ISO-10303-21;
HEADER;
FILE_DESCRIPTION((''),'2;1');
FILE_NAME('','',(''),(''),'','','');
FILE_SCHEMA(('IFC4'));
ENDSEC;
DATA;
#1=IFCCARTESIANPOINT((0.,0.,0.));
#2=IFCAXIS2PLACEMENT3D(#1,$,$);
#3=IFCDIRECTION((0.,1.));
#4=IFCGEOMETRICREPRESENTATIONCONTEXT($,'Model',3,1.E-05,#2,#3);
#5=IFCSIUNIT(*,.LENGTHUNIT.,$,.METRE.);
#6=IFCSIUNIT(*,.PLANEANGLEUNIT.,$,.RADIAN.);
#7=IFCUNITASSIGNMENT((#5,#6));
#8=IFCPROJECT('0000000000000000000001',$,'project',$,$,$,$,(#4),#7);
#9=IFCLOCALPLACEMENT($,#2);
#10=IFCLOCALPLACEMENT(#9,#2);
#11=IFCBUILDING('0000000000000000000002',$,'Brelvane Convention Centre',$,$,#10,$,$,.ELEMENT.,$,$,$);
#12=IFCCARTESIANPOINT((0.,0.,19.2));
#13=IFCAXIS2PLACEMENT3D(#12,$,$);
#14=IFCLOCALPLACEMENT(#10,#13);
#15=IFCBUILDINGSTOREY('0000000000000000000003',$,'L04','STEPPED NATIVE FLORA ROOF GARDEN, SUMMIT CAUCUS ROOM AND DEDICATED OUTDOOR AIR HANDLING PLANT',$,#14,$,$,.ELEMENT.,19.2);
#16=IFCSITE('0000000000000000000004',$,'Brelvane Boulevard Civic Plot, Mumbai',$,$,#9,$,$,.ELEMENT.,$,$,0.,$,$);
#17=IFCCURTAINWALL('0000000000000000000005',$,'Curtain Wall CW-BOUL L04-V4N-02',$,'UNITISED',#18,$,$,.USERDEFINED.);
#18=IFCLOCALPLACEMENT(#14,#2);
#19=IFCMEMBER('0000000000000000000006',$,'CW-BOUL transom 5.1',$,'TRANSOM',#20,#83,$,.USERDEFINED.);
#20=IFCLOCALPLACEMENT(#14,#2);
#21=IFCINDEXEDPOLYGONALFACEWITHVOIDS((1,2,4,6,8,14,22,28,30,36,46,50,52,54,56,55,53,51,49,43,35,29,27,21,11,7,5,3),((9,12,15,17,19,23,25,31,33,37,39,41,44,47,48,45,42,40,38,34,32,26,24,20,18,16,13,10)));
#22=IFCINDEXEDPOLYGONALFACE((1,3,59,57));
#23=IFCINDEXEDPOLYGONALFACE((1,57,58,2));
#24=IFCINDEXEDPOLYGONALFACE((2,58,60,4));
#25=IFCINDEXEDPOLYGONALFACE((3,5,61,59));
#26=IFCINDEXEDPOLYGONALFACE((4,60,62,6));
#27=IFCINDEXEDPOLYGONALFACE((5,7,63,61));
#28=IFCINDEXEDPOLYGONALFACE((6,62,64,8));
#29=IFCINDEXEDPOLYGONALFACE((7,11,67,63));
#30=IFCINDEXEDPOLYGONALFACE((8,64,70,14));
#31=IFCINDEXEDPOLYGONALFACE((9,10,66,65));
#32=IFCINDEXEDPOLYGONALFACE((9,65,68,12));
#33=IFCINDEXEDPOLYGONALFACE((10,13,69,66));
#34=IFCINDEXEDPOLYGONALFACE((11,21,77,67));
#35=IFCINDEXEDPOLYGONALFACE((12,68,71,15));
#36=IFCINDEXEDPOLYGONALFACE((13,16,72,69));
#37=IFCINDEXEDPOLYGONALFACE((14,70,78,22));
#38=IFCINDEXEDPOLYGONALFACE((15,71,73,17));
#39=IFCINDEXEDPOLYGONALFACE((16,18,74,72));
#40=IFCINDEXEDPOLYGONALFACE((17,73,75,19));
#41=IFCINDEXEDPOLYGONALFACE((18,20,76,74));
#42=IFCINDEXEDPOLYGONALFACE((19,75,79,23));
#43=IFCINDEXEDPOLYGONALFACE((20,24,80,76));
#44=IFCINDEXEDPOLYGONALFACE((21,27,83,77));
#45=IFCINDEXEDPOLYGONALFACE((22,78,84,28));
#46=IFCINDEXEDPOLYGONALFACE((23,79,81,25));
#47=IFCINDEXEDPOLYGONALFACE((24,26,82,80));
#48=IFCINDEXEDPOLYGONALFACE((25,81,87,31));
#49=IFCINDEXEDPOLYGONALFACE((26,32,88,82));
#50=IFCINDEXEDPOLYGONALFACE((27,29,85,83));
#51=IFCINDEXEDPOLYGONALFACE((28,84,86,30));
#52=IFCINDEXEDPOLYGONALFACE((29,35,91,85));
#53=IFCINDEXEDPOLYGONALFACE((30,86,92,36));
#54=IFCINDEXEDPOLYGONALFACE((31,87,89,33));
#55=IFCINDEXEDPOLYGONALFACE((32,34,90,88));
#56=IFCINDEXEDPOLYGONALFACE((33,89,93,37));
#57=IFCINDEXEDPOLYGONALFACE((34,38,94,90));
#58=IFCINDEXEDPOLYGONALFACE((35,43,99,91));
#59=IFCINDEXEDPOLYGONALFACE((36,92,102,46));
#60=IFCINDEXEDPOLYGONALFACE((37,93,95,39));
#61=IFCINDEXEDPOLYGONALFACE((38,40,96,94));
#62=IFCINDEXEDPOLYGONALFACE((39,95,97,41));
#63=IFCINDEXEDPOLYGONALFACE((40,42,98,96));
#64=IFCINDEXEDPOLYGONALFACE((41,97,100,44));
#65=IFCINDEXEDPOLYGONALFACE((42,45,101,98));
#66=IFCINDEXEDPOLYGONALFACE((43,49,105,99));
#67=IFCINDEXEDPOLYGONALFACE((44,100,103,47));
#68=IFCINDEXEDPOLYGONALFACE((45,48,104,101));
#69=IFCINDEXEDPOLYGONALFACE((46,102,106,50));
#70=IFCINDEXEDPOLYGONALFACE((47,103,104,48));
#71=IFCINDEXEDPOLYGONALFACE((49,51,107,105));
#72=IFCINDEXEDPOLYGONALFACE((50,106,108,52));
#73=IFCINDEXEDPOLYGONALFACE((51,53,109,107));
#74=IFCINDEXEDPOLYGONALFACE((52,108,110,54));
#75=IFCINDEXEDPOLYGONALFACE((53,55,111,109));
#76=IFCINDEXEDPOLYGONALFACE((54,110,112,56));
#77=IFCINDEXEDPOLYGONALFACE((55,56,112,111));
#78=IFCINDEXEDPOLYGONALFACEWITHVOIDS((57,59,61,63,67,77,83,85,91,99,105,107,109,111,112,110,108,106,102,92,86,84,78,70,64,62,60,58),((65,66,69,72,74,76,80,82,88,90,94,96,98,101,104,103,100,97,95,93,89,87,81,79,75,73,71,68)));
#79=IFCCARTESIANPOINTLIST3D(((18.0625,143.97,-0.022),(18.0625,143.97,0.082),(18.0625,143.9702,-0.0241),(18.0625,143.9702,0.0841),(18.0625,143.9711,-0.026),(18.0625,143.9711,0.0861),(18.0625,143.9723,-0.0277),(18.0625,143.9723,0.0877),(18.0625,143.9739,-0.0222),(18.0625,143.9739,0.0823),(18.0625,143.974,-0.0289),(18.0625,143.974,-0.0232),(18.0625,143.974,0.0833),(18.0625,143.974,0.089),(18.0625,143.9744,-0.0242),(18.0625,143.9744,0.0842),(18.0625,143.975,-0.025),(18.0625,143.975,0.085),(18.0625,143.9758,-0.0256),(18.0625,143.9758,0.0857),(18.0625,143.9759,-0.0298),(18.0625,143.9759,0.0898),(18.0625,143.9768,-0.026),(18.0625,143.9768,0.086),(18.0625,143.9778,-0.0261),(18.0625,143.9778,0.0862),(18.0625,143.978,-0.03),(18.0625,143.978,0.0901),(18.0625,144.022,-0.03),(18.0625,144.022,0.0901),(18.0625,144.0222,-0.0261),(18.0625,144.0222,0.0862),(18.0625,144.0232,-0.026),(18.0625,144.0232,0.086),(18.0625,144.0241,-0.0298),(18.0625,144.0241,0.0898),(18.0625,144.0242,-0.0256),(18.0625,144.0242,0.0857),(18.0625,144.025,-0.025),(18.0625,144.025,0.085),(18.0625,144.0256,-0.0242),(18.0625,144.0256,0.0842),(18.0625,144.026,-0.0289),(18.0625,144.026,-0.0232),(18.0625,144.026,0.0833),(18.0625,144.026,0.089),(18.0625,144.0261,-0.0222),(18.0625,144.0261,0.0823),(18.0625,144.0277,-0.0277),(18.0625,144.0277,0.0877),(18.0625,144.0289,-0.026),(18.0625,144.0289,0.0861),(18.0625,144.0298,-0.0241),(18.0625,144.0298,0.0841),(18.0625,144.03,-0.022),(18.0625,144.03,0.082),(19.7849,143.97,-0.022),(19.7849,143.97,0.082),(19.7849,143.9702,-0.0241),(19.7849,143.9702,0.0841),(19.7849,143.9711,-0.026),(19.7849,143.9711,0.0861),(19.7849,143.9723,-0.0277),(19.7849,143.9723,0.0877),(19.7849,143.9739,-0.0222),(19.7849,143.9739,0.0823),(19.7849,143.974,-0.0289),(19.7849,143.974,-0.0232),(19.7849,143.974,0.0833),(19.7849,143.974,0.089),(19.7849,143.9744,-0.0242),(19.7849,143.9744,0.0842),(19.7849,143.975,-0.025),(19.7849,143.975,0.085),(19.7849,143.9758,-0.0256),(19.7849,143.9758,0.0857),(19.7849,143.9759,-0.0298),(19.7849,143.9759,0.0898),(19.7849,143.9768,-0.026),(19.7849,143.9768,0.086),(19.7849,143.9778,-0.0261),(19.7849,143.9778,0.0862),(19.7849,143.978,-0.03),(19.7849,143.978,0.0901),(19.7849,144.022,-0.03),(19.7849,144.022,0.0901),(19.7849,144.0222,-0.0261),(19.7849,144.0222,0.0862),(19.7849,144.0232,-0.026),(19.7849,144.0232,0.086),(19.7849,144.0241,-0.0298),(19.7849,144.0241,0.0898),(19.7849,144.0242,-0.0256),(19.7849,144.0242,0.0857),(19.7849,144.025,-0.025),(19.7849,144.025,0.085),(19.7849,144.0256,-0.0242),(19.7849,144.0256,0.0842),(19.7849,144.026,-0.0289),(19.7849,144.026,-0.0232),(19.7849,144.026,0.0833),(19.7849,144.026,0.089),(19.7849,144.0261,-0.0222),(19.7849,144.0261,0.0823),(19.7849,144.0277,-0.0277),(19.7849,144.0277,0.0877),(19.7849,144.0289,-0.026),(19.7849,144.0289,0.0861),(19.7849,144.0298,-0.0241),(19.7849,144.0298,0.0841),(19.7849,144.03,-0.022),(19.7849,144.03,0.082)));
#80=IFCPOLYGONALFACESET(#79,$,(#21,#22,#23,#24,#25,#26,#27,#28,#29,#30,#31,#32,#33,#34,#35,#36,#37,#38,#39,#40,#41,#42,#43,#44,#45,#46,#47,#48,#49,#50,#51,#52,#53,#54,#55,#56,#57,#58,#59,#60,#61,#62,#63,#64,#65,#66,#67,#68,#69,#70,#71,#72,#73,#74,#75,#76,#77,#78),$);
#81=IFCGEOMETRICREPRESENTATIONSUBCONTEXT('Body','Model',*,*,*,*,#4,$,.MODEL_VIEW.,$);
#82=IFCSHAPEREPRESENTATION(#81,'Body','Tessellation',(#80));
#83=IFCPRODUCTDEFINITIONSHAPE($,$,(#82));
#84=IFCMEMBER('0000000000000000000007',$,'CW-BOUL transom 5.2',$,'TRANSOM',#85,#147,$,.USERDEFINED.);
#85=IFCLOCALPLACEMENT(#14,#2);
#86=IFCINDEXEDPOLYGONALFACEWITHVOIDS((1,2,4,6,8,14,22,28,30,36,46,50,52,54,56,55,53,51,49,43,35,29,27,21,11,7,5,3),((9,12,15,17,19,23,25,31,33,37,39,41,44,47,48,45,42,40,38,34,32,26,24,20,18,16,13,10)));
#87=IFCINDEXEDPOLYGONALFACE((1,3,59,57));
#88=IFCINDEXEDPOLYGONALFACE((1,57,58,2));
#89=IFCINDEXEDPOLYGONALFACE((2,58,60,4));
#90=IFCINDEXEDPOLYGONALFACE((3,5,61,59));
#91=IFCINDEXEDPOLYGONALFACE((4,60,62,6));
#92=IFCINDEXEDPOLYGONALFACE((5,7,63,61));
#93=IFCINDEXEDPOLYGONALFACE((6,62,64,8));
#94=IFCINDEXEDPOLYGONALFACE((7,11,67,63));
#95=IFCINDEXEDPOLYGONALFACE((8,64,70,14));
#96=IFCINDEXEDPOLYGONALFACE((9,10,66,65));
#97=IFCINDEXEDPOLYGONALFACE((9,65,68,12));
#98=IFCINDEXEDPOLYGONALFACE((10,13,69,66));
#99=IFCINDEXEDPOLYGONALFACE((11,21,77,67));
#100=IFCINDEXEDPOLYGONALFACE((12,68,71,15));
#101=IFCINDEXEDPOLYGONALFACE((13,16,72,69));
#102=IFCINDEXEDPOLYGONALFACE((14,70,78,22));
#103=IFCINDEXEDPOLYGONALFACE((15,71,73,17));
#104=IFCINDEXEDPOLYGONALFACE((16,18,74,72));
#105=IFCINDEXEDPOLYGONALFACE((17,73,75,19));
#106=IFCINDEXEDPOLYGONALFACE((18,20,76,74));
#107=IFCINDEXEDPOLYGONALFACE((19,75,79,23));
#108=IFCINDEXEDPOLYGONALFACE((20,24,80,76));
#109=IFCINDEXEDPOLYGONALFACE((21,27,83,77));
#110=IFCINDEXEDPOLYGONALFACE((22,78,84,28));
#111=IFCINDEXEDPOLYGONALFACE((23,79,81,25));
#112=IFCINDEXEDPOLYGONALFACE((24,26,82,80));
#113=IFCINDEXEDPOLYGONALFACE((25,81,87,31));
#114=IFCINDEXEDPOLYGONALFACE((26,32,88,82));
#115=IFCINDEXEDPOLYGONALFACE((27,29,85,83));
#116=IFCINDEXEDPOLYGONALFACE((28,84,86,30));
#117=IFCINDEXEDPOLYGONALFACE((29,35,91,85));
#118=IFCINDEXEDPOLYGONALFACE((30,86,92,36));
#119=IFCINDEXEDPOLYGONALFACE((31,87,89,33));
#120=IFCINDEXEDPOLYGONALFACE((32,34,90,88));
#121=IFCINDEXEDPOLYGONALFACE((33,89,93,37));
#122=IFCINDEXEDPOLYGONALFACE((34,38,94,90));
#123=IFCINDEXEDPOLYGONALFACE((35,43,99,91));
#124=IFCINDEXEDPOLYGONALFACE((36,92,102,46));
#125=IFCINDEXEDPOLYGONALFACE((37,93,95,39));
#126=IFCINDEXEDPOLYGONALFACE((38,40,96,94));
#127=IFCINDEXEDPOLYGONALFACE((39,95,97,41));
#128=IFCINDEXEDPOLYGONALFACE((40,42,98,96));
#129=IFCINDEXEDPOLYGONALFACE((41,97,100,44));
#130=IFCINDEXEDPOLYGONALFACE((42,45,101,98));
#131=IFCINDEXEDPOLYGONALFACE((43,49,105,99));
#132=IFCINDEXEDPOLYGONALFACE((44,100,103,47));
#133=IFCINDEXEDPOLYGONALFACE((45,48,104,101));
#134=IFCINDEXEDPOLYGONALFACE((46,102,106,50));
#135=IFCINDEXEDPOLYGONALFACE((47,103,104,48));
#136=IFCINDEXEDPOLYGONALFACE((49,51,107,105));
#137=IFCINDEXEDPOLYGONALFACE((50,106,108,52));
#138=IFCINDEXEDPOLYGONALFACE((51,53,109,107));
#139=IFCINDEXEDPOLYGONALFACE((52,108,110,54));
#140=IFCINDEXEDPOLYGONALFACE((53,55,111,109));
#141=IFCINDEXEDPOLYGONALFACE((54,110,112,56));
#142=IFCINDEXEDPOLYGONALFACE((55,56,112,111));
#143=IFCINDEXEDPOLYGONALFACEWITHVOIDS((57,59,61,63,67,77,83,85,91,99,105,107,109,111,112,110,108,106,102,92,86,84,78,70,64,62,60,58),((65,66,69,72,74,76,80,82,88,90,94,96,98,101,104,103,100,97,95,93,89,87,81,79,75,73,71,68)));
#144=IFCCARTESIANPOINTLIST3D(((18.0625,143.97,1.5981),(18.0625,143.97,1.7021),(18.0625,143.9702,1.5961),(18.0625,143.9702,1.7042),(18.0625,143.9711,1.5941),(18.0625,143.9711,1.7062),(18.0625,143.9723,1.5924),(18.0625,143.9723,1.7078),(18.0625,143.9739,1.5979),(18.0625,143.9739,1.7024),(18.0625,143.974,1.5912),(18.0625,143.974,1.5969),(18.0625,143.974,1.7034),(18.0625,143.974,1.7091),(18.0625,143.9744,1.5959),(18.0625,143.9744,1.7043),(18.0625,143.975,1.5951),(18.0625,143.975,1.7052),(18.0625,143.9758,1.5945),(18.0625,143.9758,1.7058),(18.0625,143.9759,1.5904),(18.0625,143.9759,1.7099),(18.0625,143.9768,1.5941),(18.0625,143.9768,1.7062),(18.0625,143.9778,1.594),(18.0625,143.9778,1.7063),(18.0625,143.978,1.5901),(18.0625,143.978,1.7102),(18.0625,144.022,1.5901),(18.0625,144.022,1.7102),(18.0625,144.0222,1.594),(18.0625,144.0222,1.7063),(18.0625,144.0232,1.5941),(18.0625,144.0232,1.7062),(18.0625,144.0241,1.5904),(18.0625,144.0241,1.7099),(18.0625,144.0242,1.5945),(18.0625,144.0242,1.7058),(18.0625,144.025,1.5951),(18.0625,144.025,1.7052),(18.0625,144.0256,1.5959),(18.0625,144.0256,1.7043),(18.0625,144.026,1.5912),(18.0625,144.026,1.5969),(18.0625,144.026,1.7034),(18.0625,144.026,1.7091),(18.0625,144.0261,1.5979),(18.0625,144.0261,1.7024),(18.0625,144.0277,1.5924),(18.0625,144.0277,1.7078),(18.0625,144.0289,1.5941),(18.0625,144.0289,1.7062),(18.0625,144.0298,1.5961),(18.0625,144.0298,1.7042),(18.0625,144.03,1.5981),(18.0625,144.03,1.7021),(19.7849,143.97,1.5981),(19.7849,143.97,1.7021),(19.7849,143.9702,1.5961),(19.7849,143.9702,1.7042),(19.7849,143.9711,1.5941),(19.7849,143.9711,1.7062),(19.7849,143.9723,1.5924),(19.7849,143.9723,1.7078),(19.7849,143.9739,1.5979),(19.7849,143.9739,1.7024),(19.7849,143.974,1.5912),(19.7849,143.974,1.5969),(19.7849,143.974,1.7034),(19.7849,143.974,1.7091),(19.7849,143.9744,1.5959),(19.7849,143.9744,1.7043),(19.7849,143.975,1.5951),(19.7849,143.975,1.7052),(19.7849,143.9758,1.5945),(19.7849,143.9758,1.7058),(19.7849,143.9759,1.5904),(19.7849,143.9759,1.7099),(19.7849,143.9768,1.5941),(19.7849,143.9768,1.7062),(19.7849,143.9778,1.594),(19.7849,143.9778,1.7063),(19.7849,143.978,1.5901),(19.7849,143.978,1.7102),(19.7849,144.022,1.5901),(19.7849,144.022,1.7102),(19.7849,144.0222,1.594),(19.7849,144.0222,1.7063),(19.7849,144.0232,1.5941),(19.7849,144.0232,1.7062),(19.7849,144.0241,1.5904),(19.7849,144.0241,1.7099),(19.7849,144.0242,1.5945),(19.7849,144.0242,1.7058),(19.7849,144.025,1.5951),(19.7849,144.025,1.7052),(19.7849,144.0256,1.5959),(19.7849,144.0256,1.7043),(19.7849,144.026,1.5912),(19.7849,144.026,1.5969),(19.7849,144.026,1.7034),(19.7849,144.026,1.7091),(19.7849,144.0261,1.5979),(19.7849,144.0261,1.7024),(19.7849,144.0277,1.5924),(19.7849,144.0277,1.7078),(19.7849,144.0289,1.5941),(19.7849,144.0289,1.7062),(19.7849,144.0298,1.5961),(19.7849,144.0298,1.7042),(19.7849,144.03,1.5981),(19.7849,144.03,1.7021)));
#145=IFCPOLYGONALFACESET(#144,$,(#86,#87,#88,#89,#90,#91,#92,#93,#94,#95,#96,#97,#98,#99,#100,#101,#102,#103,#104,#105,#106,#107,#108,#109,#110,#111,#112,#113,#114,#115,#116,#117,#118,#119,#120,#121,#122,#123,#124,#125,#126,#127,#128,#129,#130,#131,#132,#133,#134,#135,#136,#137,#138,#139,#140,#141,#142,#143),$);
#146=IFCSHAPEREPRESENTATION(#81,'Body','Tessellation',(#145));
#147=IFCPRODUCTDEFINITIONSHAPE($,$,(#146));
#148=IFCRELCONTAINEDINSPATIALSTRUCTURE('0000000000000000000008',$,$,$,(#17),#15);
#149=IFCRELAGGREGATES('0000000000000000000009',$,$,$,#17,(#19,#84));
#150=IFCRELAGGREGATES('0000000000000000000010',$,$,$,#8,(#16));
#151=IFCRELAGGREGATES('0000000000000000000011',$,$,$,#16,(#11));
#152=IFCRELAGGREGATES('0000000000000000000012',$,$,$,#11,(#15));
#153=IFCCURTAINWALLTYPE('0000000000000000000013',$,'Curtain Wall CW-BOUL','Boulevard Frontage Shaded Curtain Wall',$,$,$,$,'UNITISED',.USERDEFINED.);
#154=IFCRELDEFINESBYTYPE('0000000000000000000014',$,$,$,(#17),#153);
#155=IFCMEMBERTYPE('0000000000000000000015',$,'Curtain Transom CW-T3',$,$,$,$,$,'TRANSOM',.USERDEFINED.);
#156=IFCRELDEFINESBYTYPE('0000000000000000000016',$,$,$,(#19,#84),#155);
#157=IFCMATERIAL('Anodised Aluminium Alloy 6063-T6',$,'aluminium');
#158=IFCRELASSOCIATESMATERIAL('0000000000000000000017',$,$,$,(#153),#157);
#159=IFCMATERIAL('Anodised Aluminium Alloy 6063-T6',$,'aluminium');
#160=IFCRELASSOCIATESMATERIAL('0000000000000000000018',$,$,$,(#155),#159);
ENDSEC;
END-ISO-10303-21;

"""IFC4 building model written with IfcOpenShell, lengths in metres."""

from ifc_helpers import new_model, si_unit, direction, frame, origin, origin_2d, place, context, subcontext, project, spatial, hollow_rectangle, extrude, material, material_profile, profile_set, type_object, element, aggregate, save


model = new_model("IFC4")

# Units and contexts
model_context = context("Model", 3, precision=1e-05, world=origin(), true_north=direction((0.0, 1.0)))
body_context = subcontext(model_context, "Body", "Model", "MODEL_VIEW")
ifc_project = project(units=[si_unit("LENGTHUNIT", "METRE"), si_unit("PLANEANGLEUNIT", "RADIAN")], contexts=[model_context])

# Site, building, storey
site_placement = place(None, origin())
site = spatial("IfcSite", under=ifc_project, at=site_placement, Name="Brelvane Boulevard Civic Plot, Mumbai", CompositionType="ELEMENT", RefElevation=0.0)
building_placement = place(site_placement, origin())
building = spatial("IfcBuilding", under=site, at=building_placement, Name="Brelvane Convention Centre", CompositionType="ELEMENT")
storey_placement = place(building_placement, frame((0.0, 0.0, 19.2)))
storey = spatial("IfcBuildingStorey", under=building, at=storey_placement, Name="L04", Description="STEPPED NATIVE FLORA ROOF GARDEN, SUMMIT CAUCUS ROOM AND DEDICATED OUTDOOR AIR HANDLING PLANT", CompositionType="ELEMENT", Elevation=19.2)

# Curtain wall
ifc_material_1 = material(Name="Anodised Aluminium Alloy 6063-T6", Category="aluminium")
curtain_wall_type = type_object("IfcCurtainWallType", Name="Curtain Wall CW-BOUL", Description="Boulevard Frontage Shaded Curtain Wall", ElementType="UNITISED", PredefinedType="USERDEFINED", material=ifc_material_1)
curtain_wall_1_placement = place(storey_placement, origin())
curtain_wall_1 = element("IfcCurtainWall", 1, at=curtain_wall_1_placement, inside=storey, type_object=curtain_wall_type, Name="Curtain Wall CW-BOUL L04-V4N-02", ObjectType="UNITISED", PredefinedType="USERDEFINED")

# Members
ifc_material_2 = material(Name="Anodised Aluminium Alloy 6063-T6", Category="aluminium")
ifc_material_profile_1 = material_profile(ifc_material_2, hollow_rectangle(XDim=0.0601, YDim=0.1201, WallThickness=0.0039, InnerFilletRadius=0.0039, OuterFilletRadius=0.0081, at=origin_2d()), Name="ALU-T 120x60x4.0")
ifc_profile_set_1 = profile_set([ifc_material_profile_1], Name="Anodised Aluminium Alloy 6063-T6")
member_type_1 = type_object("IfcMemberType", Name="Curtain Transom CW-T3", ElementType="TRANSOM", PredefinedType="USERDEFINED", material=ifc_profile_set_1)
member_1_placement = place(storey_placement, frame((18.0625, 144.0, 0.03), z_axis=(1.0, 0.0, 0.0), x_axis=(0.0, 1.0, 0.0)))
member_1 = element("IfcMember", 2, at=member_1_placement, type_object=member_type_1, Name="CW-BOUL transom 5.1", ObjectType="TRANSOM", PredefinedType="USERDEFINED", context=body_context, shape_type="SweptSolid", body=[
    extrude(hollow_rectangle(XDim=0.0601, YDim=0.1201, WallThickness=0.0039, InnerFilletRadius=0.0039, OuterFilletRadius=0.0081, at=origin_2d()), origin(), (0.0, 0.0, 1.0), 1.7224),
])
member_2_placement = place(storey_placement, frame((18.0625, 144.0, 1.6501), z_axis=(1.0, 0.0, 0.0), x_axis=(0.0, 1.0, 0.0)))
member_2 = element("IfcMember", 3, at=member_2_placement, type_object=member_type_1, Name="CW-BOUL transom 5.2", ObjectType="TRANSOM", PredefinedType="USERDEFINED", context=body_context, shape_type="SweptSolid", body=[
    extrude(hollow_rectangle(XDim=0.0601, YDim=0.1201, WallThickness=0.0039, InnerFilletRadius=0.0039, OuterFilletRadius=0.0081, at=origin_2d()), origin(), (0.0, 0.0, 1.0), 1.7224),
])

aggregate(curtain_wall_1, [member_1, member_2])

save(model, "model.ifc")
